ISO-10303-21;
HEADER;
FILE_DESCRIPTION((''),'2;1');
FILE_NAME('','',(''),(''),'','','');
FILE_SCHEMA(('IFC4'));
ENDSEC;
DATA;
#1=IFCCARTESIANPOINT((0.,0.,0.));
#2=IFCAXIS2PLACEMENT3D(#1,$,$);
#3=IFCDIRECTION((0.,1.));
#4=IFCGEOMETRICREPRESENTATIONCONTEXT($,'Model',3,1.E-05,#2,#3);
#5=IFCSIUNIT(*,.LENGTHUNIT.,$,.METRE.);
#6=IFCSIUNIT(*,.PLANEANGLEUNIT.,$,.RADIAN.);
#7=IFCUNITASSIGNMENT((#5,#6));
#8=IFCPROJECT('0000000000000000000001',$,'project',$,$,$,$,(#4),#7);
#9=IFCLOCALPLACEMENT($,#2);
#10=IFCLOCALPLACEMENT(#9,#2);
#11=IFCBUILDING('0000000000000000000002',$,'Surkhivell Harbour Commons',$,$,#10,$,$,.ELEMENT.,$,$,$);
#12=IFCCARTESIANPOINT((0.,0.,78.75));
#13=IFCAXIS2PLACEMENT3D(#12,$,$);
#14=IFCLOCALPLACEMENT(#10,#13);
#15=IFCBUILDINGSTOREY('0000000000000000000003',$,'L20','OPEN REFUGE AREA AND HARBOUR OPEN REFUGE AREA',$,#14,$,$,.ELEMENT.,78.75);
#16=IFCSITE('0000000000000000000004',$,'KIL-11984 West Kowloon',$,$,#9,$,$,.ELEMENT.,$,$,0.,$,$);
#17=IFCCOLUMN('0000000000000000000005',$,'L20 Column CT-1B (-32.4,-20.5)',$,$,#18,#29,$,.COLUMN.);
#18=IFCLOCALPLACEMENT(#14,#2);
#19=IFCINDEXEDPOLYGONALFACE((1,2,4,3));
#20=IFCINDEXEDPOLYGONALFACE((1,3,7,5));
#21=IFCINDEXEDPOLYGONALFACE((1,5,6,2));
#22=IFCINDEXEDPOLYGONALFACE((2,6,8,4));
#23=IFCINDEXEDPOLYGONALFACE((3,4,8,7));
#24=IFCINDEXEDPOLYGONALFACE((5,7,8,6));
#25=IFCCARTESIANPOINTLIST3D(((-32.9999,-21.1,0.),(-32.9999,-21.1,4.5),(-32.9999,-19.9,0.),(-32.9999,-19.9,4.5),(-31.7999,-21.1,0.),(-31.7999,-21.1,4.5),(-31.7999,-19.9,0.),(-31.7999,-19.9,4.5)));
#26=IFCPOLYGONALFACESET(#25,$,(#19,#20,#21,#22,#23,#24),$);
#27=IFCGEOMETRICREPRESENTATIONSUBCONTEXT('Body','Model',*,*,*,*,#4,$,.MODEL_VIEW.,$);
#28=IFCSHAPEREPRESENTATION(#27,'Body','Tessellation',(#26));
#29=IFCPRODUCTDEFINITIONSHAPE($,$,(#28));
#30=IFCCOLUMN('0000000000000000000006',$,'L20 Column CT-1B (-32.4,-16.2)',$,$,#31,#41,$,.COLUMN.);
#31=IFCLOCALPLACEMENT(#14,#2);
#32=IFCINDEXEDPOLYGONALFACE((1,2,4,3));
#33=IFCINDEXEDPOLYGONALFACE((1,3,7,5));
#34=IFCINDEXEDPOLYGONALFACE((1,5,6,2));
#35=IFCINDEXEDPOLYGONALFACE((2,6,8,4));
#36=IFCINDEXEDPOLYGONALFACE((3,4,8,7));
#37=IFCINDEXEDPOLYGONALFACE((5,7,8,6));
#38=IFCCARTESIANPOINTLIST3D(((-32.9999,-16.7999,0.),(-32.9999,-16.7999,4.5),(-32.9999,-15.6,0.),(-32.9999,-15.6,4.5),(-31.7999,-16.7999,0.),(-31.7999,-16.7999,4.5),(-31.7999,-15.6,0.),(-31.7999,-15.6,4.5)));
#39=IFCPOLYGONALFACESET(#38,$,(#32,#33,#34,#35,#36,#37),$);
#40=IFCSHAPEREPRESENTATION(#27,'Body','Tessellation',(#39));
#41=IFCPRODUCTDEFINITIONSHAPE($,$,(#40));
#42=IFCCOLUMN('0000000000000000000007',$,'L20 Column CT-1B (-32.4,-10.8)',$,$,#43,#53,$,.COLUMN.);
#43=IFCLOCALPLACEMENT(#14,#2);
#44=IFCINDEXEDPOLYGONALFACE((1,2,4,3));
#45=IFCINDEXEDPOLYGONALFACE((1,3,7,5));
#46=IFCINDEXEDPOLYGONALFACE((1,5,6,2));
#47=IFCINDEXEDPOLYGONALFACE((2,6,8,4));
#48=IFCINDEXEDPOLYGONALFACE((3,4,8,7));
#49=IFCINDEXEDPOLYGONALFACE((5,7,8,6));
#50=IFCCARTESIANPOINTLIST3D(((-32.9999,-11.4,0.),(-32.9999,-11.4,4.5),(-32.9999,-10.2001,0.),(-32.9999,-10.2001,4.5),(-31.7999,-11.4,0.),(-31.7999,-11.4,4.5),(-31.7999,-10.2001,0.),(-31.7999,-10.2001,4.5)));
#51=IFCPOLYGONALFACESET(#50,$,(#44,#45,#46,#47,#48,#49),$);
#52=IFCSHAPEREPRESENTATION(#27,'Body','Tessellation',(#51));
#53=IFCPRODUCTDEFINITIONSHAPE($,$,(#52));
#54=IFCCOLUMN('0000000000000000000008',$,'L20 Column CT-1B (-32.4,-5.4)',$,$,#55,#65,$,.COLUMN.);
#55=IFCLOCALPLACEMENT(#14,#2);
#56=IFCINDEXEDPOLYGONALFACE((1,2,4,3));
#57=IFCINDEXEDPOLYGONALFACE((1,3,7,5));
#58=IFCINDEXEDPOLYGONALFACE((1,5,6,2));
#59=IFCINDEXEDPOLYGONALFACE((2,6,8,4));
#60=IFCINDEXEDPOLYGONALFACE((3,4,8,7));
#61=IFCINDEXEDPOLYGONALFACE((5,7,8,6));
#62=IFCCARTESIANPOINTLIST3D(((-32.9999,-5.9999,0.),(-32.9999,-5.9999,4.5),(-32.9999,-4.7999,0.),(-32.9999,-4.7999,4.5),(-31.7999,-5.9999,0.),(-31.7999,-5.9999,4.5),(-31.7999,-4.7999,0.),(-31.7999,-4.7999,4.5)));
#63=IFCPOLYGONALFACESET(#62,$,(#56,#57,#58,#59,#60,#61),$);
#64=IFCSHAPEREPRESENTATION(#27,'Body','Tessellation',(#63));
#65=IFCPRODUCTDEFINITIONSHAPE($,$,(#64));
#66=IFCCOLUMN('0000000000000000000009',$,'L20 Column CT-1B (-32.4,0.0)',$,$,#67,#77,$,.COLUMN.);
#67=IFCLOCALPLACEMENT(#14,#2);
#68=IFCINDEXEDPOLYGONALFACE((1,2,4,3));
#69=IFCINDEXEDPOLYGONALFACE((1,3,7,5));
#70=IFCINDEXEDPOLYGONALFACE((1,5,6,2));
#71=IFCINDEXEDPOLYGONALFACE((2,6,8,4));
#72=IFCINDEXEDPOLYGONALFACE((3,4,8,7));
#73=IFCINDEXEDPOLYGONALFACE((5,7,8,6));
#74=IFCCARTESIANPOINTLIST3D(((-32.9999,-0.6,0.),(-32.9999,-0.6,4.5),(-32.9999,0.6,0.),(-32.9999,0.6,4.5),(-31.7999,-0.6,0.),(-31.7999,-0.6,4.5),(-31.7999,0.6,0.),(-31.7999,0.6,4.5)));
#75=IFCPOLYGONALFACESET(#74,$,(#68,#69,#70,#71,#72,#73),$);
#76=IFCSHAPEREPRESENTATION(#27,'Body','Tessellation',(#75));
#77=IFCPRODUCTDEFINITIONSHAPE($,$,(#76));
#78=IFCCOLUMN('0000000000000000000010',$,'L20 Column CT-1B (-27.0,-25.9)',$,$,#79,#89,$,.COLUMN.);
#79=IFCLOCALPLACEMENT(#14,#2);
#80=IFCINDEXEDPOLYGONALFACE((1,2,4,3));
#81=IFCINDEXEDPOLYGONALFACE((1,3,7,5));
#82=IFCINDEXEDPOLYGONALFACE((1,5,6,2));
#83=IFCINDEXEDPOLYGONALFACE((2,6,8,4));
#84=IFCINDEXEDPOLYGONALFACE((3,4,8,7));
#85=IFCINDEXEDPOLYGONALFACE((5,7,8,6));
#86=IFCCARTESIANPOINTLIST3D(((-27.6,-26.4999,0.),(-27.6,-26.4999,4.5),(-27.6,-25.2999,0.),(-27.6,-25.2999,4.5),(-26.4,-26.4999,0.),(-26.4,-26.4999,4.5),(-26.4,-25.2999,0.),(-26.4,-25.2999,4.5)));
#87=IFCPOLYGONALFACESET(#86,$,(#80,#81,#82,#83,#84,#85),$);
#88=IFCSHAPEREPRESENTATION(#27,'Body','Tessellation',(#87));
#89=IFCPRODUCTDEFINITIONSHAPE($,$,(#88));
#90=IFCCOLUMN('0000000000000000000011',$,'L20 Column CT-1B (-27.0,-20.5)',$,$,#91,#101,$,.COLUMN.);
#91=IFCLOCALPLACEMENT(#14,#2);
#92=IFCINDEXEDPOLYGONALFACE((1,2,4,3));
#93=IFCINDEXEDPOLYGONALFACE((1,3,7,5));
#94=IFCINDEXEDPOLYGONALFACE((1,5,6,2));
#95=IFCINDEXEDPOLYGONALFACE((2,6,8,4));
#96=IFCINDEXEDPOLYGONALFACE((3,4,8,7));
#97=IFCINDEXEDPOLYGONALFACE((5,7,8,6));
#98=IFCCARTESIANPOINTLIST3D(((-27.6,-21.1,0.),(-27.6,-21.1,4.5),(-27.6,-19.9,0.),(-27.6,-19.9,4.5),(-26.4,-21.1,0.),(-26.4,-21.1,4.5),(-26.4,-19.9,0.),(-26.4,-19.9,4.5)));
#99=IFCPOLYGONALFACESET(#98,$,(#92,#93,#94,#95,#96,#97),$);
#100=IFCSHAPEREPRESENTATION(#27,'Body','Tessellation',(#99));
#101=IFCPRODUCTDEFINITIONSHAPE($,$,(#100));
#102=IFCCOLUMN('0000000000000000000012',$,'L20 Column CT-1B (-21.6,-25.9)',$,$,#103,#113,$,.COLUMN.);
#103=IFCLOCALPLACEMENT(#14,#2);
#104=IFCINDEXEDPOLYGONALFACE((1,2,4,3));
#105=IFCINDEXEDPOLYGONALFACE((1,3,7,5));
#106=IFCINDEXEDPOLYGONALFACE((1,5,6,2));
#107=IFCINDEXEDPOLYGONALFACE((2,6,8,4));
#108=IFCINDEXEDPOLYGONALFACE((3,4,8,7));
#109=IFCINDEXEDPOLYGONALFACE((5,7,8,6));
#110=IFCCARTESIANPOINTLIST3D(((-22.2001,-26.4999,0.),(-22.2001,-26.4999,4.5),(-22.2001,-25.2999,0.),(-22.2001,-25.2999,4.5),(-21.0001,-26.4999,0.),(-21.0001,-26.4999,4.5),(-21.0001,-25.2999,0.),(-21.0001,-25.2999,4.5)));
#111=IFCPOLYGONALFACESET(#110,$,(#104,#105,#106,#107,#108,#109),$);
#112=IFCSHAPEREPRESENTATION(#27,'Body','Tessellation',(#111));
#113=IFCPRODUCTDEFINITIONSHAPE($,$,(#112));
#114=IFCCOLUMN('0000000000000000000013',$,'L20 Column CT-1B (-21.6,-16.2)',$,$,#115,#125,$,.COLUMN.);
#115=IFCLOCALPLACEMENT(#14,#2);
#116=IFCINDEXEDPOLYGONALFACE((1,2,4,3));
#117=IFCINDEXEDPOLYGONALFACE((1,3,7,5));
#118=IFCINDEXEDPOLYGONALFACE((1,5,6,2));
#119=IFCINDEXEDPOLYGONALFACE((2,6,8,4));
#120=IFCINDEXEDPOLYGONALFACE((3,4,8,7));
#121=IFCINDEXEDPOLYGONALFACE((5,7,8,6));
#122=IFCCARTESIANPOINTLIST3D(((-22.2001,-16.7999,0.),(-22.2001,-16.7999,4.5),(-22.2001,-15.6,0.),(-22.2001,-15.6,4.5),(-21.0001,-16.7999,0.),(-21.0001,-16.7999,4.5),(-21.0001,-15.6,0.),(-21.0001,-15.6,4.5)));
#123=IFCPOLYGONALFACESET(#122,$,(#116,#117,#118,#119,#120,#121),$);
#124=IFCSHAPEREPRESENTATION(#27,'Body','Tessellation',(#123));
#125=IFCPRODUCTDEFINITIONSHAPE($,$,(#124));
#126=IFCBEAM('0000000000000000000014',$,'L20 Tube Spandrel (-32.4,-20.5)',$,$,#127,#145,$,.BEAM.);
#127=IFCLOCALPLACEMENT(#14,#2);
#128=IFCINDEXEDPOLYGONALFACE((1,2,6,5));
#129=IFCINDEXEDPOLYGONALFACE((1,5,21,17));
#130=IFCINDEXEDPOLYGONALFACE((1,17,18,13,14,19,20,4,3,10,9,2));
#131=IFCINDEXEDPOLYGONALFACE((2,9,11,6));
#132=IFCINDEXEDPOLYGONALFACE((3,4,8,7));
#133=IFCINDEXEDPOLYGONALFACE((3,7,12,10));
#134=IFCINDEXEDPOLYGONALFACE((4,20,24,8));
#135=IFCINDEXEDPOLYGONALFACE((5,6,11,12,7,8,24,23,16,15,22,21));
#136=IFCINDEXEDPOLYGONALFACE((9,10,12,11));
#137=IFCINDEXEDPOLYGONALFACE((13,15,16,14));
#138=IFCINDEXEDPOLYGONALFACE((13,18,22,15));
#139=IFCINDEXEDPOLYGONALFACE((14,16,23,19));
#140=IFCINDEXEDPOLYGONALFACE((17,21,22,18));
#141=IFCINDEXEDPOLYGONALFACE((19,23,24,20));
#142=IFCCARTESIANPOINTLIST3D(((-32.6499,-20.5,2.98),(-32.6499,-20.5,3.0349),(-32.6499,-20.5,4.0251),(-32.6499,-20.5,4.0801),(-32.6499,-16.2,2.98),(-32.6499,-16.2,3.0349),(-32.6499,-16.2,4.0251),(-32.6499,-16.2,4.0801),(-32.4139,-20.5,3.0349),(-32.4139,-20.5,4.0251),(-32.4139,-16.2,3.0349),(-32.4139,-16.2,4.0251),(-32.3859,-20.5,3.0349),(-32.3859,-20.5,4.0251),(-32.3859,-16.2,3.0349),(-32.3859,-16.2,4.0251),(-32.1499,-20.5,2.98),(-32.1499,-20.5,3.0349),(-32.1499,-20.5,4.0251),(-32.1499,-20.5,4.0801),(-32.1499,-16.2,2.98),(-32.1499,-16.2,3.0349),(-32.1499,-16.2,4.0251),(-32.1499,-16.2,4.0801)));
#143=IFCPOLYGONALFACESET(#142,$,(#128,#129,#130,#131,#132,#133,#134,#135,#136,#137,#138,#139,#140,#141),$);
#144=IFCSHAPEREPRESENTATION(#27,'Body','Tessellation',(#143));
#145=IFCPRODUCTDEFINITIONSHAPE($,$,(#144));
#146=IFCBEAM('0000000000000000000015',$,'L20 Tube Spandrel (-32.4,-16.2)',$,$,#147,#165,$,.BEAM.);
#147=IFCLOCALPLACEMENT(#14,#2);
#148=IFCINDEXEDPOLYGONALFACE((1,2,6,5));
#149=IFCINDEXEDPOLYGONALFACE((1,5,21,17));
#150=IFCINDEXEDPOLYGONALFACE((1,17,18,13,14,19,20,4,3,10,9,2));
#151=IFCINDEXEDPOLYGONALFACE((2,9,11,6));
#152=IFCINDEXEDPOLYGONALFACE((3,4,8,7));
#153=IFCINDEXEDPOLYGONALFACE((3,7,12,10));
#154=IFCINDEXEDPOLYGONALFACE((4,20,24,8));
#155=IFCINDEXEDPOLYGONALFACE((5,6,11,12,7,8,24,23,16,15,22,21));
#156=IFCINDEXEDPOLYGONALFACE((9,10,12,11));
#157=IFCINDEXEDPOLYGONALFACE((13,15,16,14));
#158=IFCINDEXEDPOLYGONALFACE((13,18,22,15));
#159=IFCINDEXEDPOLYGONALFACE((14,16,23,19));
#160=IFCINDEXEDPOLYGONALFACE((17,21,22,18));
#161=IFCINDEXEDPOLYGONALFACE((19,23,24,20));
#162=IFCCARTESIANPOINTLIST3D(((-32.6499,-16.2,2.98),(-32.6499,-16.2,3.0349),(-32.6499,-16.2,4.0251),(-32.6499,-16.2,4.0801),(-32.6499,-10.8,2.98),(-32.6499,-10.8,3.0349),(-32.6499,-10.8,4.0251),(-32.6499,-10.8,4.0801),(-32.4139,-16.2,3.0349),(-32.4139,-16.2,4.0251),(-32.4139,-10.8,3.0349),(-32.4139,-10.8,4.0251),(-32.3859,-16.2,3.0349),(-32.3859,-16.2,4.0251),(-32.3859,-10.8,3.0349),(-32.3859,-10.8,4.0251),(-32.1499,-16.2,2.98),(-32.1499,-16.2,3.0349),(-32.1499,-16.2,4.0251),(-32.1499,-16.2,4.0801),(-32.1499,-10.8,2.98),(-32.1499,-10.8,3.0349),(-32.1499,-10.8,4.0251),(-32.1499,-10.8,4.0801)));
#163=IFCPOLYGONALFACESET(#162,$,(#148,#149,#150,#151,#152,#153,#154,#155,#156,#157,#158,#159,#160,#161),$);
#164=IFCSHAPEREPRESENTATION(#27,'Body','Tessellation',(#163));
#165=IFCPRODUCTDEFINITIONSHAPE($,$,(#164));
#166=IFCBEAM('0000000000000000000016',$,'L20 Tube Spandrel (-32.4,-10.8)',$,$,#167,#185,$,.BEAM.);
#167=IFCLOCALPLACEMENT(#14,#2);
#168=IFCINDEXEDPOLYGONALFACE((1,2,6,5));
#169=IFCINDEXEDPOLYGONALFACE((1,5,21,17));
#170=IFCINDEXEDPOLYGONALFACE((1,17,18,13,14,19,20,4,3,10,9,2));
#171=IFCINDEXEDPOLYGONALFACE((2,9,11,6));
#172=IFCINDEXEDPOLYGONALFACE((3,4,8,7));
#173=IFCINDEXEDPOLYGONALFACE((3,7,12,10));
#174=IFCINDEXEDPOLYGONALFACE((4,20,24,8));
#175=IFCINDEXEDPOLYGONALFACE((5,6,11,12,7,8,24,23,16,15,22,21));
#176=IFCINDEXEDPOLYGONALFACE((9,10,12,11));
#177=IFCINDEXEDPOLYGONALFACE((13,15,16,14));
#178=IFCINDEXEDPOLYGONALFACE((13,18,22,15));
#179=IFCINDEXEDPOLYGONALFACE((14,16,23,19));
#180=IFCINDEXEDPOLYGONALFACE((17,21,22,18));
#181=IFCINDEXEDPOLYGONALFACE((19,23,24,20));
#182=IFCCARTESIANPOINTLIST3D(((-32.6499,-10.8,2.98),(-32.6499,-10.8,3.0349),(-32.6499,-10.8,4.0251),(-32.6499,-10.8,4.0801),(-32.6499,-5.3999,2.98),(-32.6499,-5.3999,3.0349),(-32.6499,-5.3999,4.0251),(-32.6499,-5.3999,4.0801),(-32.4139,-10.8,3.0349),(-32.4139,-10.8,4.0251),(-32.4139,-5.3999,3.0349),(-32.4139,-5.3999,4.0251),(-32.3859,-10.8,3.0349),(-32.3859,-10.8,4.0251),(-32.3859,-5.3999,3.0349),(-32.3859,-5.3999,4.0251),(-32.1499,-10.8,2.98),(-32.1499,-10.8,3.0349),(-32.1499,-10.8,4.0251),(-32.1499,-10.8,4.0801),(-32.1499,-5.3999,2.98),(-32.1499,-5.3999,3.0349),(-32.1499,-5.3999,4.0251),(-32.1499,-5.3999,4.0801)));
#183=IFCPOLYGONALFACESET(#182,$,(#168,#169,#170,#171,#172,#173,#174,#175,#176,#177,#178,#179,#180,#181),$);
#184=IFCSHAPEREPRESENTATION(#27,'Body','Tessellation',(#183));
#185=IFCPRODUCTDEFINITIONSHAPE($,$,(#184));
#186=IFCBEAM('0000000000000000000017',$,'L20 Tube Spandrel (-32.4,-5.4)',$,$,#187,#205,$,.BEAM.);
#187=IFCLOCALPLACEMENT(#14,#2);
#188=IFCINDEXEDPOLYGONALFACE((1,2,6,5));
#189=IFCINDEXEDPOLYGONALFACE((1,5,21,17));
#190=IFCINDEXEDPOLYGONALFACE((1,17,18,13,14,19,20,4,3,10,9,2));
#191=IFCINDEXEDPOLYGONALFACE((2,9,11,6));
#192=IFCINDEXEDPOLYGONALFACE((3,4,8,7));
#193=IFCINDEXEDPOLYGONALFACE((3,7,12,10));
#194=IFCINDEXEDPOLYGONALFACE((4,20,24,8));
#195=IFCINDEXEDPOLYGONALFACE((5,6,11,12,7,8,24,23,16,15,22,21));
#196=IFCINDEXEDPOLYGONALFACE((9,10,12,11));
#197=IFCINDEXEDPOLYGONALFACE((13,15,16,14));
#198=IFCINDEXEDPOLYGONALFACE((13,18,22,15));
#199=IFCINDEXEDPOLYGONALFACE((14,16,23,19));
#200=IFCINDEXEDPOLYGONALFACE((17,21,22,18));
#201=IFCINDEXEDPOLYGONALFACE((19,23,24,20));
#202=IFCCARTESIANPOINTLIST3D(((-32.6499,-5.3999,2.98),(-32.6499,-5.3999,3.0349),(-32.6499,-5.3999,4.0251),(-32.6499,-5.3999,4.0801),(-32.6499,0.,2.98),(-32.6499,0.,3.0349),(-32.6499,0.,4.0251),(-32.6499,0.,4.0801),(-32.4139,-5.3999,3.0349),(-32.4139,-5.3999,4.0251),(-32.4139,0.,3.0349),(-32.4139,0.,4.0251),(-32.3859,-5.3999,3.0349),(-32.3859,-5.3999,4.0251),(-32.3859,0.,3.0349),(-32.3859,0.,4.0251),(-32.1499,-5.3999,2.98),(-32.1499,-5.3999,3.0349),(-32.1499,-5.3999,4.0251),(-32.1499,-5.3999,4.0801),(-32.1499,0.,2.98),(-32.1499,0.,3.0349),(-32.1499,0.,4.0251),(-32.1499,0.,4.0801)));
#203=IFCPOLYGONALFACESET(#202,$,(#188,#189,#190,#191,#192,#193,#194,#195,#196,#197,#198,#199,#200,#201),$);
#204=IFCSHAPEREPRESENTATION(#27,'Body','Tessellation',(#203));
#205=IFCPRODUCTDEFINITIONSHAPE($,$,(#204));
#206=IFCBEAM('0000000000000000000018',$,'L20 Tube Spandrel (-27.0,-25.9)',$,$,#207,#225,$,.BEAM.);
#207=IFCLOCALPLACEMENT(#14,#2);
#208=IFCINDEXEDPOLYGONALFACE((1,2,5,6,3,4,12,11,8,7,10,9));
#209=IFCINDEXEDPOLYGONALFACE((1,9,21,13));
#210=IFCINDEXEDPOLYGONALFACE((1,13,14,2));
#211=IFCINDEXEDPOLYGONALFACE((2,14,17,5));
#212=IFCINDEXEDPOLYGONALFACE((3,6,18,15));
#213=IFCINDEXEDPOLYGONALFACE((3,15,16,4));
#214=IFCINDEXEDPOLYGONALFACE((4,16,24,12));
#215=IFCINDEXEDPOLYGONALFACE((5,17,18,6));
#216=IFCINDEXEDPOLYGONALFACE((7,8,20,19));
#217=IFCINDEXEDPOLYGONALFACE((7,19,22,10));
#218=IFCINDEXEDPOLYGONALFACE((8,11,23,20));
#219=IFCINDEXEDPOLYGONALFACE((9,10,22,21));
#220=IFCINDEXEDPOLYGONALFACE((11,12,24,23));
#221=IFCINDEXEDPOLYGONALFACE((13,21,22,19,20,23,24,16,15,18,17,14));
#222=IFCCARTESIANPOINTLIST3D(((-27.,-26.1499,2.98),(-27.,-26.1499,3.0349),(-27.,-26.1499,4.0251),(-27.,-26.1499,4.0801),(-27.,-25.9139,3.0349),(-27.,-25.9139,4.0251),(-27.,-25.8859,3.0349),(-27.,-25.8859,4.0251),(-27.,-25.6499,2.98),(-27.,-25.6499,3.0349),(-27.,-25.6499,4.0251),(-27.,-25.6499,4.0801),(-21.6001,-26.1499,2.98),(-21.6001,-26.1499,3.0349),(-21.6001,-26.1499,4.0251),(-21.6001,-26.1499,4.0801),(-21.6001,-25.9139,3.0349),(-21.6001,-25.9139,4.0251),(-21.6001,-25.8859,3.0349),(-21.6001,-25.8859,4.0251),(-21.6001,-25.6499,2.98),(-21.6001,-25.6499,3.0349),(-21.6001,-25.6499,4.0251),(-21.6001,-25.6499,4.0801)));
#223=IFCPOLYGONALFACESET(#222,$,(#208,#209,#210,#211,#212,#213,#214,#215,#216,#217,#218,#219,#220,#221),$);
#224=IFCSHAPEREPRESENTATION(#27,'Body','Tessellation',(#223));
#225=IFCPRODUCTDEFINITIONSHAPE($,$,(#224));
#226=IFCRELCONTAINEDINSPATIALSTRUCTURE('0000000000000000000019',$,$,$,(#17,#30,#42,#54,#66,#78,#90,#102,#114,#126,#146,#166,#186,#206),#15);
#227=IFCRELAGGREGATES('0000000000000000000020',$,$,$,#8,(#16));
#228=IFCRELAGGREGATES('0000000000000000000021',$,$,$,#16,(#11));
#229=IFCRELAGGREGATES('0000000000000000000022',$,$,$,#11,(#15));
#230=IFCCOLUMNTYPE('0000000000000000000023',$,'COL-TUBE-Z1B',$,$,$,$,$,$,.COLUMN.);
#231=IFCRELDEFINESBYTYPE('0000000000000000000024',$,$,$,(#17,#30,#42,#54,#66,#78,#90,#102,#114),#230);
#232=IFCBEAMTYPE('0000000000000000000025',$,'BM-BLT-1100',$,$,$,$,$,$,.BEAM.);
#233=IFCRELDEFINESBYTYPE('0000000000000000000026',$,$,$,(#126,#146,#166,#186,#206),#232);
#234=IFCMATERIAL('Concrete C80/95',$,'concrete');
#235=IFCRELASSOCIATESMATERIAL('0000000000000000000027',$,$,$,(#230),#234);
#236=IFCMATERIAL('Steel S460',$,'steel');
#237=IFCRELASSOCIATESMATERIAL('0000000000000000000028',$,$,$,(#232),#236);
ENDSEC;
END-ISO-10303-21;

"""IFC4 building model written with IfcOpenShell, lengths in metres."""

from ifc_helpers import new_model, si_unit, direction, frame, origin, origin_2d, place, context, subcontext, project, spatial, rectangle, i_section, extrude, material, material_profile, profile_set, type_object, element, save


model = new_model("IFC4")

# Units and contexts
model_context = context("Model", 3, precision=1e-05, world=origin(), true_north=direction((0.0, 1.0)))
body_context = subcontext(model_context, "Body", "Model", "MODEL_VIEW")
ifc_project = project(units=[si_unit("LENGTHUNIT", "METRE"), si_unit("PLANEANGLEUNIT", "RADIAN")], contexts=[model_context])

# Site, building, storey
site_placement = place(None, origin())
site = spatial("IfcSite", under=ifc_project, at=site_placement, Name="KIL-11984 West Kowloon", CompositionType="ELEMENT", RefElevation=0.0)
building_placement = place(site_placement, origin())
building = spatial("IfcBuilding", under=site, at=building_placement, Name="Surkhivell Harbour Commons", CompositionType="ELEMENT")
storey_placement = place(building_placement, frame((0.0, 0.0, 78.75)))
storey = spatial("IfcBuildingStorey", under=building, at=storey_placement, Name="L20", Description="OPEN REFUGE AREA AND HARBOUR OPEN REFUGE AREA", CompositionType="ELEMENT", Elevation=78.75)

# Columns
ifc_material_1 = material(Name="Concrete C80/95", Category="concrete")
ifc_material_profile_1 = material_profile(ifc_material_1, rectangle(XDim=1.2, YDim=1.2, at=origin_2d()), Name="RC-COL-1200x1200")
ifc_profile_set_1 = profile_set([ifc_material_profile_1], Name="Concrete C80/95")
column_type = type_object("IfcColumnType", Name="COL-TUBE-Z1B", PredefinedType="COLUMN", material=ifc_profile_set_1)
for number, where, z_axis, x_axis, name in (
    (1, (-32.3999, -20.5, 0.0), (0.0, 0.0, 1.0), (1.0, 0.0, 0.0), "L20 Column CT-1B (-32.4,-20.5)"),
    (2, (-32.3999, -16.2, 0.0), (0.0, 0.0, 1.0), (1.0, 0.0, 0.0), "L20 Column CT-1B (-32.4,-16.2)"),
    (3, (-32.3999, -10.8, 0.0), (0.0, 0.0, 1.0), (1.0, 0.0, 0.0), "L20 Column CT-1B (-32.4,-10.8)"),
    (4, (-32.3999, -5.3999, 0.0), (0.0, 0.0, 1.0), (1.0, 0.0, 0.0), "L20 Column CT-1B (-32.4,-5.4)"),
    (5, (-32.3999, 0.0, 0.0), (0.0, 0.0, 1.0), (1.0, 0.0, 0.0), "L20 Column CT-1B (-32.4,0.0)"),
    (6, (-27.0, -25.8999, 0.0), (0.0, 0.0, 1.0), (1.0, 0.0, 0.0), "L20 Column CT-1B (-27.0,-25.9)"),
    (7, (-27.0, -20.5, 0.0), (0.0, 0.0, 1.0), (1.0, 0.0, 0.0), "L20 Column CT-1B (-27.0,-20.5)"),
    (8, (-21.6001, -25.8999, 0.0), (0.0, 0.0, 1.0), (1.0, 0.0, 0.0), "L20 Column CT-1B (-21.6,-25.9)"),
    (9, (-21.6001, -16.2, 0.0), (0.0, 0.0, 1.0), (1.0, 0.0, 0.0), "L20 Column CT-1B (-21.6,-16.2)"),
):
    element("IfcColumn", number, at=place(storey_placement, frame(where, z_axis=z_axis, x_axis=x_axis)), inside=storey, type_object=column_type, Name=name, PredefinedType="COLUMN", context=body_context, shape_type="SweptSolid", body=[
        extrude(rectangle(XDim=1.2, YDim=1.2, at=origin_2d()), origin(), (0.0, 0.0, 1.0), 4.5),
    ])

# Beams
ifc_material_2 = material(Name="Steel S460", Category="steel")
ifc_material_profile_2 = material_profile(ifc_material_2, i_section(OverallWidth=0.5, OverallDepth=1.1001, WebThickness=0.0281, FlangeThickness=0.0549, at=origin_2d()), Name="WPG1100x500x210")
ifc_profile_set_2 = profile_set([ifc_material_profile_2], Name="Steel S460")
beam_type_1 = type_object("IfcBeamType", Name="BM-BLT-1100", PredefinedType="BEAM", material=ifc_profile_set_2)
beam_1_placement = place(storey_placement, frame((-32.3999, -20.5, 3.53), z_axis=(0.0, 1.0, 0.0), x_axis=(-1.0, 0.0, 0.0)))
element("IfcBeam", 10, at=beam_1_placement, inside=storey, type_object=beam_type_1, Name="L20 Tube Spandrel (-32.4,-20.5)", PredefinedType="BEAM", context=body_context, shape_type="SweptSolid", body=[
    extrude(i_section(OverallWidth=0.5, OverallDepth=1.1001, WebThickness=0.0281, FlangeThickness=0.0549, at=origin_2d()), origin(), (0.0, 0.0, 1.0), 4.3),
])
beam_2_placement = place(storey_placement, frame((-32.3999, -16.2, 3.53), z_axis=(0.0, 1.0, 0.0), x_axis=(-1.0, 0.0, 0.0)))
element("IfcBeam", 11, at=beam_2_placement, inside=storey, type_object=beam_type_1, Name="L20 Tube Spandrel (-32.4,-16.2)", PredefinedType="BEAM", context=body_context, shape_type="SweptSolid", body=[
    extrude(i_section(OverallWidth=0.5, OverallDepth=1.1001, WebThickness=0.0281, FlangeThickness=0.0549, at=origin_2d()), origin(), (0.0, 0.0, 1.0), 5.3999),
])
beam_3_placement = place(storey_placement, frame((-32.3999, -10.8, 3.53), z_axis=(0.0, 1.0, 0.0), x_axis=(-1.0, 0.0, 0.0)))
element("IfcBeam", 12, at=beam_3_placement, inside=storey, type_object=beam_type_1, Name="L20 Tube Spandrel (-32.4,-10.8)", PredefinedType="BEAM", context=body_context, shape_type="SweptSolid", body=[
    extrude(i_section(OverallWidth=0.5, OverallDepth=1.1001, WebThickness=0.0281, FlangeThickness=0.0549, at=origin_2d()), origin(), (0.0, 0.0, 1.0), 5.4001),
])
for number, where, z_axis, x_axis, name in (
    (13, (-32.3999, -5.3999, 3.53), (0.0, 1.0, 0.0), (-1.0, 0.0, 0.0), "L20 Tube Spandrel (-32.4,-5.4)"),
    (14, (-27.0, -25.8999, 3.53), (1.0, 0.0, 0.0), (0.0, 1.0, 0.0), "L20 Tube Spandrel (-27.0,-25.9)"),
):
    element("IfcBeam", number, at=place(storey_placement, frame(where, z_axis=z_axis, x_axis=x_axis)), inside=storey, type_object=beam_type_1, Name=name, PredefinedType="BEAM", context=body_context, shape_type="SweptSolid", body=[
        extrude(i_section(OverallWidth=0.5, OverallDepth=1.1001, WebThickness=0.0281, FlangeThickness=0.0549, at=origin_2d()), origin(), (0.0, 0.0, 1.0), 5.3999),
    ])

save(model, "model.ifc")
